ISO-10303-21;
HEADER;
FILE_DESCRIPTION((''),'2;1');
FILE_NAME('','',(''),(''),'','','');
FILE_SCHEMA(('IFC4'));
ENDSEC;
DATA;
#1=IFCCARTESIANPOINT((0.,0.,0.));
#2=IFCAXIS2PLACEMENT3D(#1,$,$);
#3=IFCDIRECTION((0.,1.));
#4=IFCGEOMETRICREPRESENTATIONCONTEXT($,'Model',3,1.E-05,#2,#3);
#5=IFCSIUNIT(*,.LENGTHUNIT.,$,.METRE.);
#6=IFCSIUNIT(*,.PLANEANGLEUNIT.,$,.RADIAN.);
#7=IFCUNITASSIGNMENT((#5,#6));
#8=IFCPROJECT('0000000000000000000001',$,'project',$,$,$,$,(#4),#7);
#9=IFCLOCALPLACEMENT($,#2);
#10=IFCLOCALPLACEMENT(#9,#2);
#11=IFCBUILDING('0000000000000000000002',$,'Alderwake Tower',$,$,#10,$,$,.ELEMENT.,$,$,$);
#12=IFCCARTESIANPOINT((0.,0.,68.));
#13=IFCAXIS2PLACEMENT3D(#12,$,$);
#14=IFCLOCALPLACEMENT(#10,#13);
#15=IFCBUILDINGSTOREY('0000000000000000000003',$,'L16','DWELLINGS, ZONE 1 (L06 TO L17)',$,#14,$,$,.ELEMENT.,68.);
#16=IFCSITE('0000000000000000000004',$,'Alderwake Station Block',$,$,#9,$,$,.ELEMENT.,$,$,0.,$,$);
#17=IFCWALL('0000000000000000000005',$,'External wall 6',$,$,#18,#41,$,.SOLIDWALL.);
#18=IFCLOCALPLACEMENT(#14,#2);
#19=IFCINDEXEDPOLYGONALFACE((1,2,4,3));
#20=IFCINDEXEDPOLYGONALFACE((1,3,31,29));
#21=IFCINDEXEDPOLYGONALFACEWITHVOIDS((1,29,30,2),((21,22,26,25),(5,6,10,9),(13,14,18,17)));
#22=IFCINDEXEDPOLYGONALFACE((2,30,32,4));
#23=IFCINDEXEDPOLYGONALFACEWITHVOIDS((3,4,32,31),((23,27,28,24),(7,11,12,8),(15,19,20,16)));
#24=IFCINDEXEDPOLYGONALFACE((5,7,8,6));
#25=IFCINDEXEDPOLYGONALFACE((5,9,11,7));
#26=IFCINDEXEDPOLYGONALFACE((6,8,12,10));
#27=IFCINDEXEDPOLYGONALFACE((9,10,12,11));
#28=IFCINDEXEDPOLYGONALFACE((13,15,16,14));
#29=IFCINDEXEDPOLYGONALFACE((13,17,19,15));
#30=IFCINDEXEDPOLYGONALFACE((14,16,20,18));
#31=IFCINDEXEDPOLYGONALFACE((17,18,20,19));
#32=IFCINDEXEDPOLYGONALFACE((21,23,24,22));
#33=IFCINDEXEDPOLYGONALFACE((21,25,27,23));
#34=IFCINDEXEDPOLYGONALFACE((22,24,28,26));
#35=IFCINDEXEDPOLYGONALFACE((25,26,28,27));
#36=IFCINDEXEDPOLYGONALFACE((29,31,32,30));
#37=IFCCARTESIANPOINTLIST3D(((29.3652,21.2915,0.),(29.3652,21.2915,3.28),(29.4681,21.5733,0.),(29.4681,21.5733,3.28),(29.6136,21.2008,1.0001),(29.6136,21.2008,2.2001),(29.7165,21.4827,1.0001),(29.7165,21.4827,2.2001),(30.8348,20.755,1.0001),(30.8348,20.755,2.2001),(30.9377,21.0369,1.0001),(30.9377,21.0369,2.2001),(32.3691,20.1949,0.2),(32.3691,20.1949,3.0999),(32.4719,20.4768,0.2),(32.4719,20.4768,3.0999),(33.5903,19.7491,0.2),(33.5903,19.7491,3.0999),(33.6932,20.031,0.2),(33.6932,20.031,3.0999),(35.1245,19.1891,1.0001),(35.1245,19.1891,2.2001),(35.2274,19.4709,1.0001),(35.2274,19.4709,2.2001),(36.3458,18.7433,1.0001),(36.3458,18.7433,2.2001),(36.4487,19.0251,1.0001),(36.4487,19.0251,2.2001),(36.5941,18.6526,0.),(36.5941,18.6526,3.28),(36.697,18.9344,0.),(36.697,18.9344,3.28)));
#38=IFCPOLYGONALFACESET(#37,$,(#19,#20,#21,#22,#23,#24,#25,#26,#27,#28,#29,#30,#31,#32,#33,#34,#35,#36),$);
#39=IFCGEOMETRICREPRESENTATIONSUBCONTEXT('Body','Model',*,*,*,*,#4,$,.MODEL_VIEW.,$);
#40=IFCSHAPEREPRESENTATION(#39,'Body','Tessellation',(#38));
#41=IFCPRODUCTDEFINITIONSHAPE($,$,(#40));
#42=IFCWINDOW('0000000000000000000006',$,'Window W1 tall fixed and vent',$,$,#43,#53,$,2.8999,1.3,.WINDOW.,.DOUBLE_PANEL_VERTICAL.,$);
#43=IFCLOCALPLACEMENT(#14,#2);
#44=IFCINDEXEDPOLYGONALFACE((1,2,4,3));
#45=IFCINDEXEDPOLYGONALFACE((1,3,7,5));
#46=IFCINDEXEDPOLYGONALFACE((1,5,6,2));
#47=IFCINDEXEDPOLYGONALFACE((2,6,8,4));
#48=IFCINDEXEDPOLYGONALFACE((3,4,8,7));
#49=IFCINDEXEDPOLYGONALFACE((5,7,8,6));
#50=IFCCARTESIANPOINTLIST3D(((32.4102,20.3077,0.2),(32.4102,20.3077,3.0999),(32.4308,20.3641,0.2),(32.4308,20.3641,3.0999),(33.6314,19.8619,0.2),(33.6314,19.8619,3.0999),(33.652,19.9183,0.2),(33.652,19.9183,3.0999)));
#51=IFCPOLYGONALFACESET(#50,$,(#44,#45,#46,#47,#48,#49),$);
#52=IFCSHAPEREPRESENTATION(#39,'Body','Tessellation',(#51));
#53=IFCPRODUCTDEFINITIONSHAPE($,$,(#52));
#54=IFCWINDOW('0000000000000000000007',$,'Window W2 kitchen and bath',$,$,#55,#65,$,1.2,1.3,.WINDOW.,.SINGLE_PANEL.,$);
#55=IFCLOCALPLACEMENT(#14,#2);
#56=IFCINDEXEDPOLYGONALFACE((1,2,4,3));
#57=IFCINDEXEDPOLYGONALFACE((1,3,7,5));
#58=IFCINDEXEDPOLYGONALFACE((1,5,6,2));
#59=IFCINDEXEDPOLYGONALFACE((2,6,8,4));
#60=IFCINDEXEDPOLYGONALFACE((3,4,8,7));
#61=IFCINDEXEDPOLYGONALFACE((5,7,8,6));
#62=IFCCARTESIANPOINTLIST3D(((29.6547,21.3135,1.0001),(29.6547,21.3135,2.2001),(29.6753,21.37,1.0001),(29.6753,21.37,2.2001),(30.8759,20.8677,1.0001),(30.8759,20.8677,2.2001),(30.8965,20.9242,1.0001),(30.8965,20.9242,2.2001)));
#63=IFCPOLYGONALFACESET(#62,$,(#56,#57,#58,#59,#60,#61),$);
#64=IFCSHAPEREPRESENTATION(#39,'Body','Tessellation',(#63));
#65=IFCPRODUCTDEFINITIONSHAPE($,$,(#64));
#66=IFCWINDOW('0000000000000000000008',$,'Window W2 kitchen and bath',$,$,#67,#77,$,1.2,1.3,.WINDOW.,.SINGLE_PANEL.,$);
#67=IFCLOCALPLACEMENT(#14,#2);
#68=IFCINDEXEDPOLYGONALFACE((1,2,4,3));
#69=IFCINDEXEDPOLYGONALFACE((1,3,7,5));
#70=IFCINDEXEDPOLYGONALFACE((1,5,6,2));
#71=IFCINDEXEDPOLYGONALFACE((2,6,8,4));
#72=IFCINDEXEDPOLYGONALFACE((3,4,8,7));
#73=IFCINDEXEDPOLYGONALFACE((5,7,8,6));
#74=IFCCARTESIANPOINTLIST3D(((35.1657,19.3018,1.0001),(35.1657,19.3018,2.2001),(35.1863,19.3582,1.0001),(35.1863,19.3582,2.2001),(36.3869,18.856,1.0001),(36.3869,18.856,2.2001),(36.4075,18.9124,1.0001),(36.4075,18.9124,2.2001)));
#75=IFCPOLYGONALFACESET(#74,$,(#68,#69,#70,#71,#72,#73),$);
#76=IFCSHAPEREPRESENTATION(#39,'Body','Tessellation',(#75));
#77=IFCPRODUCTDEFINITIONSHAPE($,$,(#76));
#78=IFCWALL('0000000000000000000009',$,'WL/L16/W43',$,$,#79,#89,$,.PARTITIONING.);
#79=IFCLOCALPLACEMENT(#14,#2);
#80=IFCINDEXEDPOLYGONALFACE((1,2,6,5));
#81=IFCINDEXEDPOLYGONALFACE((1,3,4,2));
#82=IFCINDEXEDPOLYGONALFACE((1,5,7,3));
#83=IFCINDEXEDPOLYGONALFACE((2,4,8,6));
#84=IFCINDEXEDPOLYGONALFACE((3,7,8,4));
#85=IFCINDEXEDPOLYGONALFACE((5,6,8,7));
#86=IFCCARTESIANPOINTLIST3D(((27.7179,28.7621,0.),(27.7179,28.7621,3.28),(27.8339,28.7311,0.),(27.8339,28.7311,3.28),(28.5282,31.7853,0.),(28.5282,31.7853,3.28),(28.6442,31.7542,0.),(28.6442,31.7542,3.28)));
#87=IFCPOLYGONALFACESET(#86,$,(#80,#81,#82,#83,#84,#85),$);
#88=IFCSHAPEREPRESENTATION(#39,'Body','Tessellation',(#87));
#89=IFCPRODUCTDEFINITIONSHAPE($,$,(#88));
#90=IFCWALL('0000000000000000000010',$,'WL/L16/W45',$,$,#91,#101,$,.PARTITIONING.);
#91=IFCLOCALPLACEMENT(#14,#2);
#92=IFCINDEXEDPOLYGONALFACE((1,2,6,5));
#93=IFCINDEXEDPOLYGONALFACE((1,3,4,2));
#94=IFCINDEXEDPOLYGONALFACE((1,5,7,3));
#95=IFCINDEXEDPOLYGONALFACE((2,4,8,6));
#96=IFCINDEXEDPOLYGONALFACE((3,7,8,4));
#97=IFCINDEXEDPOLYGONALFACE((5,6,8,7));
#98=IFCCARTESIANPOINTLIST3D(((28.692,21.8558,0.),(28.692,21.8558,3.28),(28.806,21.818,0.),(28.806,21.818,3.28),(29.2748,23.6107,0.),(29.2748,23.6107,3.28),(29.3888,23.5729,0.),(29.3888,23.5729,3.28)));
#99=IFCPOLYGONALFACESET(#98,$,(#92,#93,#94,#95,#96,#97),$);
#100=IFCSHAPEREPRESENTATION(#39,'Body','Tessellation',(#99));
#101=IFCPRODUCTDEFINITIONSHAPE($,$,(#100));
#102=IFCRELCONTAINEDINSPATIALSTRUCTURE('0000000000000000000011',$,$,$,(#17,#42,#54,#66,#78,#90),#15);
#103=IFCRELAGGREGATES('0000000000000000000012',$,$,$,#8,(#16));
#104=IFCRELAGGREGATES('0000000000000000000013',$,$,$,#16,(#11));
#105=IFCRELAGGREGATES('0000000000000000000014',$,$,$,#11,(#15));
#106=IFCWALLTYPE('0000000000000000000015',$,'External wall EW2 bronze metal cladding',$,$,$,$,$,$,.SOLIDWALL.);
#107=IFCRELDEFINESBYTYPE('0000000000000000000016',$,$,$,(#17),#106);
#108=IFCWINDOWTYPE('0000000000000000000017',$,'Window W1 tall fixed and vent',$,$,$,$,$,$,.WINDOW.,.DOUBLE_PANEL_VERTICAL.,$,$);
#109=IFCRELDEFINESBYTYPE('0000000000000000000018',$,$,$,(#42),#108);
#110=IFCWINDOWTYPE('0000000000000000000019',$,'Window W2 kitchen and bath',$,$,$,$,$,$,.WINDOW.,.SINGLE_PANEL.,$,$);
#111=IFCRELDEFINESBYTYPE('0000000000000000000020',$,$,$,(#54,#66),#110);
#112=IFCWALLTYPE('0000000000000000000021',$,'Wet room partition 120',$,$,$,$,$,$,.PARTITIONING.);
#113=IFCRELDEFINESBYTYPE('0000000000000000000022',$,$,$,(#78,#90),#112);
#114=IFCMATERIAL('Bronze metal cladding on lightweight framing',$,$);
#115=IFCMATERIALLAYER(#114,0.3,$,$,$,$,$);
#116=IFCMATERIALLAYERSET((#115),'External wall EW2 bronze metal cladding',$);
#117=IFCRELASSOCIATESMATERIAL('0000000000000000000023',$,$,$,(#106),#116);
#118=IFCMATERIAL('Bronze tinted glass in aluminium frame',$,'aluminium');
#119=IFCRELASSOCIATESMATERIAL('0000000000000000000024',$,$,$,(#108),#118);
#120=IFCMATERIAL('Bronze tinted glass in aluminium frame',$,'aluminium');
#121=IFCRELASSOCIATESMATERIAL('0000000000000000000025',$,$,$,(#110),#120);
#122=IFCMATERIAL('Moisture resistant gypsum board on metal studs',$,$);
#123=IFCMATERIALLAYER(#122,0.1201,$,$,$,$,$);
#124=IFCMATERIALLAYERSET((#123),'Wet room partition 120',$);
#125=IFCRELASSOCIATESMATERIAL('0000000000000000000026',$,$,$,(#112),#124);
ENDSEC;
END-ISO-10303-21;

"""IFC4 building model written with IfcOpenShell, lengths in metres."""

from ifc_helpers import new_model, si_unit, direction, frame, frame_2d, origin, place, context, subcontext, project, spatial, rectangle, extrude, material, layer, layer_set, type_object, element, fill, save


model = new_model("IFC4")

# Units and contexts
model_context = context("Model", 3, precision=1e-05, world=origin(), true_north=direction((0.0, 1.0)))
body_context = subcontext(model_context, "Body", "Model", "MODEL_VIEW")
ifc_project = project(units=[si_unit("LENGTHUNIT", "METRE"), si_unit("PLANEANGLEUNIT", "RADIAN")], contexts=[model_context])

# Site, building, storey
site_placement = place(None, origin())
site = spatial("IfcSite", under=ifc_project, at=site_placement, Name="Alderwake Station Block", CompositionType="ELEMENT", RefElevation=0.0)
building_placement = place(site_placement, origin())
building = spatial("IfcBuilding", under=site, at=building_placement, Name="Alderwake Tower", CompositionType="ELEMENT")
storey_placement = place(building_placement, frame((0.0, 0.0, 68.0)))
storey = spatial("IfcBuildingStorey", under=building, at=storey_placement, Name="L16", Description="DWELLINGS, ZONE 1 (L06 TO L17)", CompositionType="ELEMENT", Elevation=68.0)

# Shared definitions
ifc_material_1 = material(Name="Bronze metal cladding on lightweight framing")
ifc_layer_1 = layer(ifc_material_1, 0.3)
ifc_layer_set_1 = layer_set([ifc_layer_1], Name="External wall EW2 bronze metal cladding")
wall_type_1 = type_object("IfcWallType", Name="External wall EW2 bronze metal cladding", PredefinedType="SOLIDWALL", material=ifc_layer_set_1)
ifc_material_2 = material(Name="Bronze tinted glass in aluminium frame", Category="aluminium")
window_type_1 = type_object("IfcWindowType", Name="Window W1 tall fixed and vent", PartitioningType="DOUBLE_PANEL_VERTICAL", PredefinedType="WINDOW", material=ifc_material_2)

# Wall, openings, windows
wall_1_placement = place(storey_placement, frame((29.4167, 21.4324, 0.0), z_axis=(0.0, 0.0, 1.0), x_axis=(0.939368, -0.342912, 0.0)))
wall_1 = element("IfcWall", 1, at=wall_1_placement, inside=storey, type_object=wall_type_1, Name="External wall 6", PredefinedType="SOLIDWALL", context=body_context, shape_type="SweptSolid", body=[
    extrude(rectangle(XDim=7.6956, YDim=0.3, at=frame_2d((3.8477, 0.0))), origin(), (0.0, 0.0, 1.0), 3.28),
])
opening_1_placement = place(wall_1_placement, frame((0.2644, 0.0, 1.0)))
opening_1 = element("IfcOpeningElement", 2, at=opening_1_placement, cuts=wall_1, PredefinedType="OPENING", context=body_context, shape_type="SweptSolid", body=[
    extrude(rectangle(XDim=1.3, YDim=1.2, at=frame_2d((0.6499, 0.6001))), frame((0.0, 0.1599, 0.0), z_axis=(0.0, -1.0, 0.0), x_axis=(1.0, 0.0, 0.0)), (0.0, 0.0, 1.0), 0.3201),
])
opening_2_placement = place(wall_1_placement, frame((3.1978, 0.0, 0.2)))
opening_2 = element("IfcOpeningElement", 3, at=opening_2_placement, cuts=wall_1, PredefinedType="OPENING", context=body_context, shape_type="SweptSolid", body=[
    extrude(rectangle(XDim=1.3, YDim=2.8999, at=frame_2d((0.6499, 1.45))), frame((0.0, 0.1599, 0.0), z_axis=(0.0, -1.0, 0.0), x_axis=(1.0, 0.0, 0.0)), (0.0, 0.0, 1.0), 0.3201),
])
opening_3_placement = place(wall_1_placement, frame((6.1311, 0.0, 1.0)))
opening_3 = element("IfcOpeningElement", 4, at=opening_3_placement, cuts=wall_1, PredefinedType="OPENING", context=body_context, shape_type="SweptSolid", body=[
    extrude(rectangle(XDim=1.3, YDim=1.2, at=frame_2d((0.6499, 0.6001))), frame((0.0, 0.1599, 0.0), z_axis=(0.0, -1.0, 0.0), x_axis=(1.0, 0.0, 0.0)), (0.0, 0.0, 1.0), 0.3201),
])
window_1_placement = place(opening_2_placement, origin())
window_1 = element("IfcWindow", 5, at=window_1_placement, inside=storey, type_object=window_type_1, Name="Window W1 tall fixed and vent", OverallHeight=2.8999, OverallWidth=1.3, PartitioningType="DOUBLE_PANEL_VERTICAL", PredefinedType="WINDOW", context=body_context, shape_type="SweptSolid", body=[
    extrude(rectangle(XDim=1.3, YDim=2.8999, at=frame_2d((0.6499, 1.45))), frame((0.0, 0.03, 0.0), z_axis=(0.0, -1.0, 0.0), x_axis=(1.0, 0.0, 0.0)), (0.0, 0.0, 1.0), 0.0601),
])
fill(opening_2, window_1)
ifc_material_3 = material(Name="Bronze tinted glass in aluminium frame", Category="aluminium")
window_type_2 = type_object("IfcWindowType", Name="Window W2 kitchen and bath", PartitioningType="SINGLE_PANEL", PredefinedType="WINDOW", material=ifc_material_3)
window_2_placement = place(opening_1_placement, origin())
window_2 = element("IfcWindow", 6, at=window_2_placement, inside=storey, type_object=window_type_2, Name="Window W2 kitchen and bath", OverallHeight=1.2, OverallWidth=1.3, PartitioningType="SINGLE_PANEL", PredefinedType="WINDOW", context=body_context, shape_type="SweptSolid", body=[
    extrude(rectangle(XDim=1.3, YDim=1.2, at=frame_2d((0.6499, 0.6001))), frame((0.0, 0.03, 0.0), z_axis=(0.0, -1.0, 0.0), x_axis=(1.0, 0.0, 0.0)), (0.0, 0.0, 1.0), 0.0601),
])
fill(opening_1, window_2)
window_3_placement = place(opening_3_placement, origin())
window_3 = element("IfcWindow", 7, at=window_3_placement, inside=storey, type_object=window_type_2, Name="Window W2 kitchen and bath", OverallHeight=1.2, OverallWidth=1.3, PartitioningType="SINGLE_PANEL", PredefinedType="WINDOW", context=body_context, shape_type="SweptSolid", body=[
    extrude(rectangle(XDim=1.3, YDim=1.2, at=frame_2d((0.6499, 0.6001))), frame((0.0, 0.03, 0.0), z_axis=(0.0, -1.0, 0.0), x_axis=(1.0, 0.0, 0.0)), (0.0, 0.0, 1.0), 0.0601),
])
fill(opening_3, window_3)

# Walls
ifc_material_4 = material(Name="Moisture resistant gypsum board on metal studs")
ifc_layer_2 = layer(ifc_material_4, 0.1201)
ifc_layer_set_2 = layer_set([ifc_layer_2], Name="Wet room partition 120")
wall_type_2 = type_object("IfcWallType", Name="Wet room partition 120", PredefinedType="PARTITIONING", material=ifc_layer_set_2)
wall_2_placement = place(storey_placement, frame((28.5862, 31.7698, 0.0), z_axis=(0.0, 0.0, 1.0), x_axis=(-0.258891, -0.965907, 0.0)))
element("IfcWall", 8, at=wall_2_placement, inside=storey, type_object=wall_type_2, Name="WL/L16/W43", PredefinedType="PARTITIONING", context=body_context, shape_type="SweptSolid", body=[
    extrude(rectangle(XDim=3.1299, YDim=0.1201, at=frame_2d((1.5649, 0.0))), origin(), (0.0, 0.0, 1.0), 3.28),
])
wall_3_placement = place(storey_placement, frame((29.3318, 23.5918, 0.0), z_axis=(0.0, 0.0, 1.0), x_axis=(-0.315158, -0.949039, 0.0)))
element("IfcWall", 9, at=wall_3_placement, inside=storey, type_object=wall_type_2, Name="WL/L16/W45", PredefinedType="PARTITIONING", context=body_context, shape_type="SweptSolid", body=[
    extrude(rectangle(XDim=1.8491, YDim=0.1201, at=frame_2d((0.9246, 0.0))), origin(), (0.0, 0.0, 1.0), 3.28),
])

save(model, "model.ifc")
